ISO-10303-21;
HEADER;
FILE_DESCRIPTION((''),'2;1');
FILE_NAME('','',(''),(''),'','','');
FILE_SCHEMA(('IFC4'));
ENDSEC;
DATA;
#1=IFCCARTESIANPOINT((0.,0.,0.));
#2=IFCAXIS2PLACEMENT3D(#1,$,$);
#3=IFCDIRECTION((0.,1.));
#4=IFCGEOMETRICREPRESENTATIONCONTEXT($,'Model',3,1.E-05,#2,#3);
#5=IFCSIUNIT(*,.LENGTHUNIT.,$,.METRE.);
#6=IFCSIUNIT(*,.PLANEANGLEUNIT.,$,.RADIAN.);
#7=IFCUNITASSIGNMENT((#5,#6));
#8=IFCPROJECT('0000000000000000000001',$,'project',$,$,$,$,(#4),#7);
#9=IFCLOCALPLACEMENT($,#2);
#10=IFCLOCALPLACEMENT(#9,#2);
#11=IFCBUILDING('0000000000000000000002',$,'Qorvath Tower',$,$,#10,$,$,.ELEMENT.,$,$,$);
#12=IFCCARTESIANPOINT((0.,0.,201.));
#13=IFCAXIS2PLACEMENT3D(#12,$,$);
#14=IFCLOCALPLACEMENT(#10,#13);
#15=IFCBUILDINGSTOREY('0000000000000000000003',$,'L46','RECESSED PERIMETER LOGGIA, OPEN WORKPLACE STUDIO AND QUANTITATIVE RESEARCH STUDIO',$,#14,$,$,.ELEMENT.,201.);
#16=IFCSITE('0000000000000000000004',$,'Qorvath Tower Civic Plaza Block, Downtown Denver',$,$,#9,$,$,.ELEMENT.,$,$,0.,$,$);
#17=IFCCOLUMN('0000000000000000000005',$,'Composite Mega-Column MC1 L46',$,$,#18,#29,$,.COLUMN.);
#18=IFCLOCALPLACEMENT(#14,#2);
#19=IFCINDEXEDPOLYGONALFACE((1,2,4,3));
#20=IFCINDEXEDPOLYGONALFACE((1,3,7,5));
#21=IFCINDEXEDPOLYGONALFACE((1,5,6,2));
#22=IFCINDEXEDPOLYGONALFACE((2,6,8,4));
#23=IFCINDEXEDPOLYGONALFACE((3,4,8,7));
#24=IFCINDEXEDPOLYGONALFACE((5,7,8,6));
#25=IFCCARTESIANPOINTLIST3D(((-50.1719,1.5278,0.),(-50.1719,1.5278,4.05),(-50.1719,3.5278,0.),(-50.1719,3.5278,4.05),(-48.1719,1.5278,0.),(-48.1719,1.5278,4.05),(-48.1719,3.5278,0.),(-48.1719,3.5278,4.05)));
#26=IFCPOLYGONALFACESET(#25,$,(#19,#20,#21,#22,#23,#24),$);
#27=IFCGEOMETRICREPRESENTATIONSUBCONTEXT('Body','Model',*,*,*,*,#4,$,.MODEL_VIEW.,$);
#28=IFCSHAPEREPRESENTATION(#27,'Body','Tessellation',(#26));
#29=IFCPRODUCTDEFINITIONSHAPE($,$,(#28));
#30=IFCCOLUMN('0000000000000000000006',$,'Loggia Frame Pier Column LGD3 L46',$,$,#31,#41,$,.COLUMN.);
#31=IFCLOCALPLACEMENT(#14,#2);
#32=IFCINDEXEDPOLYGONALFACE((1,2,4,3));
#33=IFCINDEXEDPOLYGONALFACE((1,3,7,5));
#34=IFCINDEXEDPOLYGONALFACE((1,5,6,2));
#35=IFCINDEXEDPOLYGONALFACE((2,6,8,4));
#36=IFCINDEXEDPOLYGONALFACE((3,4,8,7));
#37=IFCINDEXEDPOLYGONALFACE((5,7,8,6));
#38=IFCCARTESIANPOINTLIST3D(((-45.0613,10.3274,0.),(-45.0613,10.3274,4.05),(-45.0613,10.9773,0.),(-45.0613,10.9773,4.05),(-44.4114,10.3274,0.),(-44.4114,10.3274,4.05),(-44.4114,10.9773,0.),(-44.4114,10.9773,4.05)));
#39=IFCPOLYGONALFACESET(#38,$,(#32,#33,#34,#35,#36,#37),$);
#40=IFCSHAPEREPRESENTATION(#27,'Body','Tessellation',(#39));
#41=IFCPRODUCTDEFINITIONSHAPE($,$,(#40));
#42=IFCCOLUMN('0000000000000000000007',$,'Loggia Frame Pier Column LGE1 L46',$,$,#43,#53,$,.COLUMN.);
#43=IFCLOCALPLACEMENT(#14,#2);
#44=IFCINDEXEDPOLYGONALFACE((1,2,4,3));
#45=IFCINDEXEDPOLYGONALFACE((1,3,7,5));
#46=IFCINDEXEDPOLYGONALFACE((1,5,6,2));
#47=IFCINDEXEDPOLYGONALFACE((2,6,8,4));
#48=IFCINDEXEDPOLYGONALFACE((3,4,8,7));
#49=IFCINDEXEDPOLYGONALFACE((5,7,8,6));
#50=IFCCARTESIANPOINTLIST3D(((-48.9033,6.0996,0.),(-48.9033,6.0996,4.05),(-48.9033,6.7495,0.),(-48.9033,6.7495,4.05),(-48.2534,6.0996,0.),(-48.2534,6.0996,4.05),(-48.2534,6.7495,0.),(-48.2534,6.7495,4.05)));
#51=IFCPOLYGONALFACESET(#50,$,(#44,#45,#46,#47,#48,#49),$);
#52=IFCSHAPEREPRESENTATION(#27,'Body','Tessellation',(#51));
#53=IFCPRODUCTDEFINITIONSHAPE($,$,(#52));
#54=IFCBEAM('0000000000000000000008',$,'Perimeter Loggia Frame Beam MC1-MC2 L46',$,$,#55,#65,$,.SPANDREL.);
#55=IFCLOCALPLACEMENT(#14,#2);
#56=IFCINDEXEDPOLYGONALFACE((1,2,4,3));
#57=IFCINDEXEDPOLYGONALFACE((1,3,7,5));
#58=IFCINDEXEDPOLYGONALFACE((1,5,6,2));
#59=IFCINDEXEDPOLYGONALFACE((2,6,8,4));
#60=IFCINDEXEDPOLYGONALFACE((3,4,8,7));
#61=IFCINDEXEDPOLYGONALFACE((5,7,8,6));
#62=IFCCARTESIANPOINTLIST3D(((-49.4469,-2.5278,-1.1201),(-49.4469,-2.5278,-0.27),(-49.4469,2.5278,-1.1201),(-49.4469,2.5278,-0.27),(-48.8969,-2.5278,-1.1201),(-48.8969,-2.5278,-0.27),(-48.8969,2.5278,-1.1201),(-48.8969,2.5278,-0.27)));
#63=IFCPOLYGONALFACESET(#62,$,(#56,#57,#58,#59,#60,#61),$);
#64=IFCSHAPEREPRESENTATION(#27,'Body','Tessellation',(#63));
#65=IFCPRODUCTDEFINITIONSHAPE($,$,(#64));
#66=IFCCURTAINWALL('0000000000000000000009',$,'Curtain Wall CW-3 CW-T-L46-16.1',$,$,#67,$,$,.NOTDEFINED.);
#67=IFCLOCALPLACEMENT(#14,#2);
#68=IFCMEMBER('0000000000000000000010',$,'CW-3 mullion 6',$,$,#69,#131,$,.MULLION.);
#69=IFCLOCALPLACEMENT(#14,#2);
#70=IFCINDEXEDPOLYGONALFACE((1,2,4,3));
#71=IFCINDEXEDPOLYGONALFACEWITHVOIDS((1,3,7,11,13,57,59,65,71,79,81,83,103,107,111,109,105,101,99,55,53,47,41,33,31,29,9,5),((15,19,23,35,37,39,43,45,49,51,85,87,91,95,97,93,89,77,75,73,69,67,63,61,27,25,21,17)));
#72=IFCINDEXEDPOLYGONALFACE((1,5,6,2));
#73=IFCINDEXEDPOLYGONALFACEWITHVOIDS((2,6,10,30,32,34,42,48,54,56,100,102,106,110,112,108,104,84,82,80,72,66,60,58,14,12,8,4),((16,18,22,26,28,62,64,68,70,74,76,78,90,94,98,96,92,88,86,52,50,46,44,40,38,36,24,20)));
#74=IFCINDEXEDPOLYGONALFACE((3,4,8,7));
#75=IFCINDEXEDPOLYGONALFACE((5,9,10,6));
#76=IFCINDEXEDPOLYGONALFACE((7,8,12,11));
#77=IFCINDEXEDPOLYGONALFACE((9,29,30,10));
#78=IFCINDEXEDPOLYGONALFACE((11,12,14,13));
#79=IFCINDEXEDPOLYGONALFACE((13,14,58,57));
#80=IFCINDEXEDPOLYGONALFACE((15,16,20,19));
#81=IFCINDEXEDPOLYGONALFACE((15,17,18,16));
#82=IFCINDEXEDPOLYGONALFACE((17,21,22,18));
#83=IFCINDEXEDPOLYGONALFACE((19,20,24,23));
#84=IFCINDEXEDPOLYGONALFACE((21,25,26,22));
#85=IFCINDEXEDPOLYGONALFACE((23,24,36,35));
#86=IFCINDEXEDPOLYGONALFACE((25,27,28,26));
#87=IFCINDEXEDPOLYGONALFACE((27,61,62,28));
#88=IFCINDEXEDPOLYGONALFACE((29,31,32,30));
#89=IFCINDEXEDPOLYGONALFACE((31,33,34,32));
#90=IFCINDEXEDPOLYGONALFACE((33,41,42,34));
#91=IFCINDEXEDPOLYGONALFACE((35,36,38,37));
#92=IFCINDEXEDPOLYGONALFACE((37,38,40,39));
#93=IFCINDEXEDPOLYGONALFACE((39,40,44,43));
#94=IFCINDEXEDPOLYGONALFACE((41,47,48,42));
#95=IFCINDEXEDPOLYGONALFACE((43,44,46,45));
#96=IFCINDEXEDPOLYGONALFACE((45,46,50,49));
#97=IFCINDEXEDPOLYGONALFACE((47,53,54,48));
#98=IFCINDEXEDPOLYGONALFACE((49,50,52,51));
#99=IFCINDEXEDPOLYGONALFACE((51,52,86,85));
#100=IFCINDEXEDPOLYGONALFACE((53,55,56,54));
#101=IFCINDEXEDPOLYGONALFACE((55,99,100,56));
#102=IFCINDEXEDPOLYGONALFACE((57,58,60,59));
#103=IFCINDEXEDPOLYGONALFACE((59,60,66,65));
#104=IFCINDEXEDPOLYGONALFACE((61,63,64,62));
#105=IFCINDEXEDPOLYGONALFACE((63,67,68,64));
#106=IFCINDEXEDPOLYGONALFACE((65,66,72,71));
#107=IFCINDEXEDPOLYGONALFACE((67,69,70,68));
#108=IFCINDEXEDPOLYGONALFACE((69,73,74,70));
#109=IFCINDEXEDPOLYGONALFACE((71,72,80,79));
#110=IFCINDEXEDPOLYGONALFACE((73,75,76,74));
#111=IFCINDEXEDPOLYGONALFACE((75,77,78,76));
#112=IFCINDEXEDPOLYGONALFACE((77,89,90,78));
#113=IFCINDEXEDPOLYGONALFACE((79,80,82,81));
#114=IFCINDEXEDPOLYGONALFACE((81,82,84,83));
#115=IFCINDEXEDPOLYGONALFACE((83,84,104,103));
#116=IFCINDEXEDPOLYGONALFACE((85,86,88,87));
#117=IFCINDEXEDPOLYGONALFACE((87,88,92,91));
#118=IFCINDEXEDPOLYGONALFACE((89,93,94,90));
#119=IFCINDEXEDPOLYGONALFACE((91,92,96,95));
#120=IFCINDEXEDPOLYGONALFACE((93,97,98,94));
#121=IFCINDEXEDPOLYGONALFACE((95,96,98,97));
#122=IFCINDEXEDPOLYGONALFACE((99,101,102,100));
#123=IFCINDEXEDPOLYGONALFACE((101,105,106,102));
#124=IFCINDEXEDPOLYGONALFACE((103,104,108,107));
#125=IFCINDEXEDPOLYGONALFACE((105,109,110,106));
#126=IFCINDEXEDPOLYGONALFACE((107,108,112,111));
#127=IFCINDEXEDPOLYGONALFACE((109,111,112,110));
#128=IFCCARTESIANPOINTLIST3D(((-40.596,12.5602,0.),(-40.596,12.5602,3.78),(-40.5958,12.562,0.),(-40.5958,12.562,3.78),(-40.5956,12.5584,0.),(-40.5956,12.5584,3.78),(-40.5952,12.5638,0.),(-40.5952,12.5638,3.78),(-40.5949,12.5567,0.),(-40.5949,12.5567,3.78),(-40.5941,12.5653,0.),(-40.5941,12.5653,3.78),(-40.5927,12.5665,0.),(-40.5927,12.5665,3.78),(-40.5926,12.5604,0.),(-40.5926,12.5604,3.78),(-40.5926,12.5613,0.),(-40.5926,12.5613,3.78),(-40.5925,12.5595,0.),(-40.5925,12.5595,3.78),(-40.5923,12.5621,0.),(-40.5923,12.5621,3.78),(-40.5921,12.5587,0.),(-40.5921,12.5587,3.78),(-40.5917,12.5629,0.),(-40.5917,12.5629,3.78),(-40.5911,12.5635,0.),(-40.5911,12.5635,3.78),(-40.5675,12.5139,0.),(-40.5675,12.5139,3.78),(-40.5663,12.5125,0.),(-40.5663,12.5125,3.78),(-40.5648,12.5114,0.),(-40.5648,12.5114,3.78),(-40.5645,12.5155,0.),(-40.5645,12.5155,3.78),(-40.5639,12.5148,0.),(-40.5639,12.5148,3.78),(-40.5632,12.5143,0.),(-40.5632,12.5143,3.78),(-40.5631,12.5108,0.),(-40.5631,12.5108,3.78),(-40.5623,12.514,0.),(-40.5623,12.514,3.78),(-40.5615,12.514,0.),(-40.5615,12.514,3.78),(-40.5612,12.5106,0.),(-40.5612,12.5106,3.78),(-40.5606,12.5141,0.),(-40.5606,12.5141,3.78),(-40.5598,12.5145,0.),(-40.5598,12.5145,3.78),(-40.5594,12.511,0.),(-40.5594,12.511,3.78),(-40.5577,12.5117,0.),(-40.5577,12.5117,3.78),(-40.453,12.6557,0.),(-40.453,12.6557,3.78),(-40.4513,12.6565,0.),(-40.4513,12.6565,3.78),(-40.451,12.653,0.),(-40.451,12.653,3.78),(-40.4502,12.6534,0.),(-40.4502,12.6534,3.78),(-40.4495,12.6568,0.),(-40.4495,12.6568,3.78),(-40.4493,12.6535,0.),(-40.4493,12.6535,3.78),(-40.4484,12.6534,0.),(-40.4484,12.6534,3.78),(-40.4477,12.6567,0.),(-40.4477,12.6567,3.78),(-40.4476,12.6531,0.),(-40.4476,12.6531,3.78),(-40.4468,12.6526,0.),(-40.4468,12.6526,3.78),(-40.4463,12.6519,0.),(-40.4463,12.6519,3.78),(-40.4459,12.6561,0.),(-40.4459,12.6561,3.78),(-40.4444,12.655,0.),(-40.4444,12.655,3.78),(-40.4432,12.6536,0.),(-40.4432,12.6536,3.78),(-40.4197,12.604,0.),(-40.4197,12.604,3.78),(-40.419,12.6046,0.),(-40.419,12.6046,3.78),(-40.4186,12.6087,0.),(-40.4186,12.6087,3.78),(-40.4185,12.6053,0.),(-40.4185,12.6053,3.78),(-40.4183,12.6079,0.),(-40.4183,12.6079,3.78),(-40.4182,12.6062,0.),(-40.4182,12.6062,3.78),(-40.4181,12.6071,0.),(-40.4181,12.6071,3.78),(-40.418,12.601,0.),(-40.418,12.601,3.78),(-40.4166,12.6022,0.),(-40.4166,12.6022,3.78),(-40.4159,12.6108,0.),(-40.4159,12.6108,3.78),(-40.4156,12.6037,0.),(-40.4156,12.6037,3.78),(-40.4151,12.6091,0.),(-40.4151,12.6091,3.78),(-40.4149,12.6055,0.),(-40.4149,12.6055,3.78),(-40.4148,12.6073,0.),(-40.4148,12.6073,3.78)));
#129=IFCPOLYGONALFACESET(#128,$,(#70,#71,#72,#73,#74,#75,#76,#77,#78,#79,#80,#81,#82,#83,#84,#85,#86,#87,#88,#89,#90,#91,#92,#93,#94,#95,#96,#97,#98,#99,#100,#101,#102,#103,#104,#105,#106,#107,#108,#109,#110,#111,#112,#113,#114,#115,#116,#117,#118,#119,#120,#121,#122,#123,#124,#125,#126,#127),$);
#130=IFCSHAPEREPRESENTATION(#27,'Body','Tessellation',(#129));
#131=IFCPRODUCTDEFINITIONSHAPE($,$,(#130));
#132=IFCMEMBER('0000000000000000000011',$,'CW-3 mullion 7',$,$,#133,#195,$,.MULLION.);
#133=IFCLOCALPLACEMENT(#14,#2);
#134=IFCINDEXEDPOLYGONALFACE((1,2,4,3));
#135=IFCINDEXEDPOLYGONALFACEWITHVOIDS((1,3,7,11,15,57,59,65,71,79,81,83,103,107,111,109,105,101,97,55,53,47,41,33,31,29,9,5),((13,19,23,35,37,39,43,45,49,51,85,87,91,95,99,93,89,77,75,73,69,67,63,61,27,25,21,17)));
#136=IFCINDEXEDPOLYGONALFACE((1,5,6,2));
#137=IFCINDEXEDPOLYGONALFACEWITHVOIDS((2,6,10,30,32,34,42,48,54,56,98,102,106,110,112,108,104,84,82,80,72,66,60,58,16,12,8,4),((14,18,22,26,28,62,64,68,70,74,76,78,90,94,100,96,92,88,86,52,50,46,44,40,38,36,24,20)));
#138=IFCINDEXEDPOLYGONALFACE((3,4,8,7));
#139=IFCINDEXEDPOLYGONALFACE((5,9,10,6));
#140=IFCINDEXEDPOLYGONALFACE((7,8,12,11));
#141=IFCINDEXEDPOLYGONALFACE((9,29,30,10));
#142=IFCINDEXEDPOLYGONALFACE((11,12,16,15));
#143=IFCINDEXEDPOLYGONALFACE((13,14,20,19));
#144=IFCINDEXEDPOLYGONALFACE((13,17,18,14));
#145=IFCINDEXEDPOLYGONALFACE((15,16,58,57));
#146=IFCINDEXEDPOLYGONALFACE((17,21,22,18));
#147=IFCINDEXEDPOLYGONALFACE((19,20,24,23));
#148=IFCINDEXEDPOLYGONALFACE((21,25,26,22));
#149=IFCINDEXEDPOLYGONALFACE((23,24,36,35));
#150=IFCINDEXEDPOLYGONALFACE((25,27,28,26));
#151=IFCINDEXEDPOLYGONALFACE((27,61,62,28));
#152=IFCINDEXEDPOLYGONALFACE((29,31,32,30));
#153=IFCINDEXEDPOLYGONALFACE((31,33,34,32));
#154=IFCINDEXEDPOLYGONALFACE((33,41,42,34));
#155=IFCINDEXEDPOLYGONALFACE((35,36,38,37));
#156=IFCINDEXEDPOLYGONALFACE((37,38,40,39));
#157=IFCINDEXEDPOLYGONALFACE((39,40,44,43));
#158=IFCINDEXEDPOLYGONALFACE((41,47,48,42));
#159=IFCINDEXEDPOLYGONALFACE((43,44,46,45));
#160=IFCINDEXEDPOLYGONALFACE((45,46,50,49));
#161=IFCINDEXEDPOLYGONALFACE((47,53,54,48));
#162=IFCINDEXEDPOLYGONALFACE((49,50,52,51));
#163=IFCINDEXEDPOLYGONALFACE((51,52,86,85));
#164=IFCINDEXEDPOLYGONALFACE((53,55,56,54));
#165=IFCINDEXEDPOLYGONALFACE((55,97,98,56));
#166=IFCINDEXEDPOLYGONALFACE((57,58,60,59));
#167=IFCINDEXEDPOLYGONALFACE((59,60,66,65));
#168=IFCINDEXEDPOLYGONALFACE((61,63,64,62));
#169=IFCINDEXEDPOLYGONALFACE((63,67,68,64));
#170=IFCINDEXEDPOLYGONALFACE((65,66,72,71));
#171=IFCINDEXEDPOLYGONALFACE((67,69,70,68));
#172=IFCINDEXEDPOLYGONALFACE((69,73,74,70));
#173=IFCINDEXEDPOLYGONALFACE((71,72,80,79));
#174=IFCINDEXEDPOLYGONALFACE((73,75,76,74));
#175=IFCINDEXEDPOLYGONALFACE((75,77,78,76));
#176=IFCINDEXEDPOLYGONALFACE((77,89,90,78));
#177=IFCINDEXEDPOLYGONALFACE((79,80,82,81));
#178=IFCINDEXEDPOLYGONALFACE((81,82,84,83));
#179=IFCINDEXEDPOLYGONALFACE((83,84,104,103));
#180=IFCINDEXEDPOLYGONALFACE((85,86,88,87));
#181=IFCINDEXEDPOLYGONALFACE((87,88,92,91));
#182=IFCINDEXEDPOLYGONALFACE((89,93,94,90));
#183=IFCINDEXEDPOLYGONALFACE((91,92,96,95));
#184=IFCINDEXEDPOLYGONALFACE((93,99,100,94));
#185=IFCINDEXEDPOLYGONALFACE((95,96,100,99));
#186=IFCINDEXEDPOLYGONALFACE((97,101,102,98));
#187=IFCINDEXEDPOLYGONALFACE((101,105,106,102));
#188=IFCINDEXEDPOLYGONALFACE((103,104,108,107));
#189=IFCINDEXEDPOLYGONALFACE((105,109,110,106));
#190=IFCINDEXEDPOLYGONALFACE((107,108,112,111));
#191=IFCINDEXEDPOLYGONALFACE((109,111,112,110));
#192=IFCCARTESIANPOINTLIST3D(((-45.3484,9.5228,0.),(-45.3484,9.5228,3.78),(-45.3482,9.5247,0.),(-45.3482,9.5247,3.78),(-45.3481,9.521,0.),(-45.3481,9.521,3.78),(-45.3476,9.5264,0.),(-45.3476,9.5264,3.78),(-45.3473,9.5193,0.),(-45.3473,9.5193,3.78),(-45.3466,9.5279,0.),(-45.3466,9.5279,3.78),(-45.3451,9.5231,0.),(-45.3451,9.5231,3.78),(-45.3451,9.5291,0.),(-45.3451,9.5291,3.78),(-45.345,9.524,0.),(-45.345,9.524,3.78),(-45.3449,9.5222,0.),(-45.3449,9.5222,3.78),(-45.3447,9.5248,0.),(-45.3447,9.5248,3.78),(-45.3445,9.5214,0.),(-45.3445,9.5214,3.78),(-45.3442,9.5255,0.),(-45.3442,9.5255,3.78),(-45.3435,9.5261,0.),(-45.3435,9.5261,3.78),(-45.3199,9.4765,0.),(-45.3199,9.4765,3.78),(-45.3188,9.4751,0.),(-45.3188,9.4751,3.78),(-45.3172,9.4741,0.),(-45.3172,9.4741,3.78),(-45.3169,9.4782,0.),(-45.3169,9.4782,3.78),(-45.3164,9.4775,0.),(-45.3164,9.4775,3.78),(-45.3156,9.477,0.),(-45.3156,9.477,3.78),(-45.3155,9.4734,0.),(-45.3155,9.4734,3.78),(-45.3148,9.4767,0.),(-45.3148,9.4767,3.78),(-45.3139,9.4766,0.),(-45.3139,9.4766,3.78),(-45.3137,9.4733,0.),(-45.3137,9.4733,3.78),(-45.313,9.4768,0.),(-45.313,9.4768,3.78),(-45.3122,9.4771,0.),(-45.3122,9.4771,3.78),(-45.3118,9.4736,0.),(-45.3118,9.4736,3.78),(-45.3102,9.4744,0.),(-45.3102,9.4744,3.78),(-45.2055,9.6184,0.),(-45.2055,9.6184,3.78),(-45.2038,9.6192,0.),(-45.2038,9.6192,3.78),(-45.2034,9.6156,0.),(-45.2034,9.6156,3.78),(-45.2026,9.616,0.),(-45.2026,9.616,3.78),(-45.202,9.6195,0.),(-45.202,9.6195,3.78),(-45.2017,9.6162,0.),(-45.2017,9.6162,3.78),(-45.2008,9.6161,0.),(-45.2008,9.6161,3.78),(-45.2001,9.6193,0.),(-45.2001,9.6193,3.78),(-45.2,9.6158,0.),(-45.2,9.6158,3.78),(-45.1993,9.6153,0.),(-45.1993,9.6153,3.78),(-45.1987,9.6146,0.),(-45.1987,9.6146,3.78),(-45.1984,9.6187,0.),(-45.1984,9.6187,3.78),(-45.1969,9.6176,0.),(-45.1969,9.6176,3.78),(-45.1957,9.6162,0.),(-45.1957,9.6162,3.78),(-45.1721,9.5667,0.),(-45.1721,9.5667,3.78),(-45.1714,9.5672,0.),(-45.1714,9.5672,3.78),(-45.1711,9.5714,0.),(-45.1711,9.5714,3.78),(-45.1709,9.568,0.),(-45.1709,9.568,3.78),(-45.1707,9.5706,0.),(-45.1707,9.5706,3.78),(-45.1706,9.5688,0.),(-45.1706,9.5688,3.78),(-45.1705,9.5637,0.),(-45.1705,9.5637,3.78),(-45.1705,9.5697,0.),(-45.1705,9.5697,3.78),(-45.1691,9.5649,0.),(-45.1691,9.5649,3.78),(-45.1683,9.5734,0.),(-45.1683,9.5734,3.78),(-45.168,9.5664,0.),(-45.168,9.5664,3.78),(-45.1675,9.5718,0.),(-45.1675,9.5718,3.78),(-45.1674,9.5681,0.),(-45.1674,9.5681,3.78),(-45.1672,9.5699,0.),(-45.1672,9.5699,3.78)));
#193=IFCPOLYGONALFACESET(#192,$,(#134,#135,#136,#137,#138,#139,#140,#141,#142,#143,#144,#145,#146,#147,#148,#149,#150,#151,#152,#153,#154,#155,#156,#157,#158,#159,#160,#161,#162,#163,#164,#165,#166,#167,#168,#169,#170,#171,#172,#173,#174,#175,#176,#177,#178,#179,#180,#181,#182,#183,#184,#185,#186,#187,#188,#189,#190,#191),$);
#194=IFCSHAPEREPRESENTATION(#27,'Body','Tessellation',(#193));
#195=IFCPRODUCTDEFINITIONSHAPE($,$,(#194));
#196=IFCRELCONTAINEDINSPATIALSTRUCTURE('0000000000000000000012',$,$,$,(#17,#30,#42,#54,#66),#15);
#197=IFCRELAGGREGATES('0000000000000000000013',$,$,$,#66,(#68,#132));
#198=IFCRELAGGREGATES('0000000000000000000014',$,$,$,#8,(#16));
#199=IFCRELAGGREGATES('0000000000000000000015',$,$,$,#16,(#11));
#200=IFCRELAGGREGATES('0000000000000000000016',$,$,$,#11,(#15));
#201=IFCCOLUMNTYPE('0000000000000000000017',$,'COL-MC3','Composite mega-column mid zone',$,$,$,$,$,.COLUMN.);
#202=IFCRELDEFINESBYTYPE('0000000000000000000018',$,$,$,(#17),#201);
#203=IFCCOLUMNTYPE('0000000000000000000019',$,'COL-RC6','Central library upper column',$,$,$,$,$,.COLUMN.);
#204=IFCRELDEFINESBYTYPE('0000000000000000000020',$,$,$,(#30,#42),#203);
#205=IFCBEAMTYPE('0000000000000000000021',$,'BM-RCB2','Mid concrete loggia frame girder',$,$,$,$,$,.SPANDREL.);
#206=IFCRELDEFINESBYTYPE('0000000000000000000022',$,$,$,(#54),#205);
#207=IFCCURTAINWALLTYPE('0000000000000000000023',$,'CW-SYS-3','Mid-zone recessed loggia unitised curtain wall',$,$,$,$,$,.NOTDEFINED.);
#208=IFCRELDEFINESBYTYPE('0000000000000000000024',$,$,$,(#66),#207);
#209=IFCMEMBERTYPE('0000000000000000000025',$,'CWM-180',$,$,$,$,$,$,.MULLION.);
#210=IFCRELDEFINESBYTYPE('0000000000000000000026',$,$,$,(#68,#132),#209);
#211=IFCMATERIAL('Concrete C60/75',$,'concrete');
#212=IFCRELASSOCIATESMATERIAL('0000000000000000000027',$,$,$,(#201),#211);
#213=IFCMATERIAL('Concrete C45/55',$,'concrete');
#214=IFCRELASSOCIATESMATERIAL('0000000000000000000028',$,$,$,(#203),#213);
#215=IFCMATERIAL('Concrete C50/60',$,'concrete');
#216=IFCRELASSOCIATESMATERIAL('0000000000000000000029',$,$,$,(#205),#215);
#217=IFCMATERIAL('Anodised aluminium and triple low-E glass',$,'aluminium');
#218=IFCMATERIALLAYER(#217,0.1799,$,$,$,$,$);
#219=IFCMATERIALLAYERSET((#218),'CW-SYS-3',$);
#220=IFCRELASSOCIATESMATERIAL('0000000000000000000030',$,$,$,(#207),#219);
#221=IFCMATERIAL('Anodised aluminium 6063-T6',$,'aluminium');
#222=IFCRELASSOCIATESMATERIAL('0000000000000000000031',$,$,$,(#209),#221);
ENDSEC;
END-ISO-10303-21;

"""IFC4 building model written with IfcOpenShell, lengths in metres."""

from ifc_helpers import new_model, si_unit, direction, frame, origin, origin_2d, place, context, subcontext, project, spatial, rectangle, hollow_rectangle, extrude, material, layer, layer_set, material_profile, profile_set, type_object, element, aggregate, save


model = new_model("IFC4")

# Units and contexts
model_context = context("Model", 3, precision=1e-05, world=origin(), true_north=direction((0.0, 1.0)))
body_context = subcontext(model_context, "Body", "Model", "MODEL_VIEW")
ifc_project = project(units=[si_unit("LENGTHUNIT", "METRE"), si_unit("PLANEANGLEUNIT", "RADIAN")], contexts=[model_context])

# Site, building, storey
site_placement = place(None, origin())
site = spatial("IfcSite", under=ifc_project, at=site_placement, Name="Qorvath Tower Civic Plaza Block, Downtown Denver", CompositionType="ELEMENT", RefElevation=0.0)
building_placement = place(site_placement, origin())
building = spatial("IfcBuilding", under=site, at=building_placement, Name="Qorvath Tower", CompositionType="ELEMENT")
storey_placement = place(building_placement, frame((0.0, 0.0, 201.0)))
storey = spatial("IfcBuildingStorey", under=building, at=storey_placement, Name="L46", Description="RECESSED PERIMETER LOGGIA, OPEN WORKPLACE STUDIO AND QUANTITATIVE RESEARCH STUDIO", CompositionType="ELEMENT", Elevation=201.0)

# Columns
ifc_material_1 = material(Name="Concrete C60/75", Category="concrete")
ifc_material_profile_1 = material_profile(ifc_material_1, rectangle(XDim=2.0, YDim=2.0, at=origin_2d()), Name="MC 2000x2000")
ifc_profile_set_1 = profile_set([ifc_material_profile_1], Name="Concrete C60/75")
column_type_1 = type_object("IfcColumnType", Name="COL-MC3", Description="Composite mega-column mid zone", PredefinedType="COLUMN", material=ifc_profile_set_1)
column_placement = place(storey_placement, frame((-49.1719, 2.5278, 0.0), z_axis=(0.0, 0.0, 1.0), x_axis=(1.0, 0.0, 0.0)))
element("IfcColumn", 1, at=column_placement, inside=storey, type_object=column_type_1, Name="Composite Mega-Column MC1 L46", PredefinedType="COLUMN", context=body_context, shape_type="SweptSolid", body=[
    extrude(rectangle(XDim=2.0, YDim=2.0, at=origin_2d()), origin(), (0.0, 0.0, 1.0), 4.05),
])
ifc_material_2 = material(Name="Concrete C45/55", Category="concrete")
ifc_material_profile_2 = material_profile(ifc_material_2, rectangle(XDim=0.6499, YDim=0.6499, at=origin_2d()), Name="RC 650x650")
ifc_profile_set_2 = profile_set([ifc_material_profile_2], Name="Concrete C45/55")
column_type_2 = type_object("IfcColumnType", Name="COL-RC6", Description="Central library upper column", PredefinedType="COLUMN", material=ifc_profile_set_2)
for number, where, z_axis, x_axis, name in (
    (2, (-44.7363, 10.6523, 0.0), (0.0, 0.0, 1.0), (1.0, 0.0, 0.0), "Loggia Frame Pier Column LGD3 L46"),
    (3, (-48.5784, 6.4246, 0.0), (0.0, 0.0, 1.0), (1.0, 0.0, 0.0), "Loggia Frame Pier Column LGE1 L46"),
):
    element("IfcColumn", number, at=place(storey_placement, frame(where, z_axis=z_axis, x_axis=x_axis)), inside=storey, type_object=column_type_2, Name=name, PredefinedType="COLUMN", context=body_context, shape_type="SweptSolid", body=[
        extrude(rectangle(XDim=0.6499, YDim=0.6499, at=origin_2d()), origin(), (0.0, 0.0, 1.0), 4.05),
    ])

# Beam
ifc_material_3 = material(Name="Concrete C50/60", Category="concrete")
ifc_material_profile_3 = material_profile(ifc_material_3, rectangle(XDim=0.55, YDim=0.8501, at=origin_2d()), Name="RCB 850x550")
ifc_profile_set_3 = profile_set([ifc_material_profile_3], Name="Concrete C50/60")
beam_type = type_object("IfcBeamType", Name="BM-RCB2", Description="Mid concrete loggia frame girder", PredefinedType="SPANDREL", material=ifc_profile_set_3)
beam_placement = place(storey_placement, frame((-49.1719, 2.5278, -0.6951), z_axis=(0.0, -1.0, 0.0), x_axis=(1.0, 0.0, 0.0)))
element("IfcBeam", 4, at=beam_placement, inside=storey, type_object=beam_type, Name="Perimeter Loggia Frame Beam MC1-MC2 L46", PredefinedType="SPANDREL", context=body_context, shape_type="SweptSolid", body=[
    extrude(rectangle(XDim=0.55, YDim=0.8501, at=origin_2d()), origin(), (0.0, 0.0, 1.0), 5.0557),
])

# Curtain wall, members
ifc_material_4 = material(Name="Anodised aluminium and triple low-E glass", Category="aluminium")
ifc_layer_1 = layer(ifc_material_4, 0.1799)
ifc_layer_set_1 = layer_set([ifc_layer_1], Name="CW-SYS-3")
curtain_wall_type = type_object("IfcCurtainWallType", Name="CW-SYS-3", Description="Mid-zone recessed loggia unitised curtain wall", PredefinedType="NOTDEFINED", material=ifc_layer_set_1)
curtain_wall_placement = place(storey_placement, origin())
curtain_wall = element("IfcCurtainWall", 5, at=curtain_wall_placement, inside=storey, type_object=curtain_wall_type, Name="Curtain Wall CW-3 CW-T-L46-16.1", PredefinedType="NOTDEFINED")
ifc_material_5 = material(Name="Anodised aluminium 6063-T6", Category="aluminium")
ifc_material_profile_4 = material_profile(ifc_material_5, hollow_rectangle(XDim=0.0649, YDim=0.1799, WallThickness=0.0034, InnerFilletRadius=0.0034, OuterFilletRadius=0.0071, at=origin_2d()), Name="CWM 180x65")
ifc_profile_set_4 = profile_set([ifc_material_profile_4], Name="Anodised aluminium 6063-T6")
member_type_1 = type_object("IfcMemberType", Name="CWM-180", PredefinedType="MULLION", material=ifc_profile_set_4)
member_1_placement = place(storey_placement, frame((-40.5054, 12.5837, 0.0), z_axis=(0.0, 0.0, 1.0), x_axis=(0.538534, -0.842604, 0.0)))
member_1 = element("IfcMember", 6, at=member_1_placement, type_object=member_type_1, Name="CW-3 mullion 6", PredefinedType="MULLION", context=body_context, shape_type="SweptSolid", body=[
    extrude(hollow_rectangle(XDim=0.0649, YDim=0.1799, WallThickness=0.0034, InnerFilletRadius=0.0034, OuterFilletRadius=0.0071, at=origin_2d()), origin(), (0.0, 0.0, 1.0), 3.78),
])
member_2_placement = place(storey_placement, frame((-45.2578, 9.5464, 0.0), z_axis=(0.0, 0.0, 1.0), x_axis=(0.538534, -0.842604, 0.0)))
member_2 = element("IfcMember", 7, at=member_2_placement, type_object=member_type_1, Name="CW-3 mullion 7", PredefinedType="MULLION", context=body_context, shape_type="SweptSolid", body=[
    extrude(hollow_rectangle(XDim=0.0649, YDim=0.1799, WallThickness=0.0034, InnerFilletRadius=0.0034, OuterFilletRadius=0.0071, at=origin_2d()), origin(), (0.0, 0.0, 1.0), 3.78),
])

aggregate(curtain_wall, [member_1, member_2])

save(model, "model.ifc")
